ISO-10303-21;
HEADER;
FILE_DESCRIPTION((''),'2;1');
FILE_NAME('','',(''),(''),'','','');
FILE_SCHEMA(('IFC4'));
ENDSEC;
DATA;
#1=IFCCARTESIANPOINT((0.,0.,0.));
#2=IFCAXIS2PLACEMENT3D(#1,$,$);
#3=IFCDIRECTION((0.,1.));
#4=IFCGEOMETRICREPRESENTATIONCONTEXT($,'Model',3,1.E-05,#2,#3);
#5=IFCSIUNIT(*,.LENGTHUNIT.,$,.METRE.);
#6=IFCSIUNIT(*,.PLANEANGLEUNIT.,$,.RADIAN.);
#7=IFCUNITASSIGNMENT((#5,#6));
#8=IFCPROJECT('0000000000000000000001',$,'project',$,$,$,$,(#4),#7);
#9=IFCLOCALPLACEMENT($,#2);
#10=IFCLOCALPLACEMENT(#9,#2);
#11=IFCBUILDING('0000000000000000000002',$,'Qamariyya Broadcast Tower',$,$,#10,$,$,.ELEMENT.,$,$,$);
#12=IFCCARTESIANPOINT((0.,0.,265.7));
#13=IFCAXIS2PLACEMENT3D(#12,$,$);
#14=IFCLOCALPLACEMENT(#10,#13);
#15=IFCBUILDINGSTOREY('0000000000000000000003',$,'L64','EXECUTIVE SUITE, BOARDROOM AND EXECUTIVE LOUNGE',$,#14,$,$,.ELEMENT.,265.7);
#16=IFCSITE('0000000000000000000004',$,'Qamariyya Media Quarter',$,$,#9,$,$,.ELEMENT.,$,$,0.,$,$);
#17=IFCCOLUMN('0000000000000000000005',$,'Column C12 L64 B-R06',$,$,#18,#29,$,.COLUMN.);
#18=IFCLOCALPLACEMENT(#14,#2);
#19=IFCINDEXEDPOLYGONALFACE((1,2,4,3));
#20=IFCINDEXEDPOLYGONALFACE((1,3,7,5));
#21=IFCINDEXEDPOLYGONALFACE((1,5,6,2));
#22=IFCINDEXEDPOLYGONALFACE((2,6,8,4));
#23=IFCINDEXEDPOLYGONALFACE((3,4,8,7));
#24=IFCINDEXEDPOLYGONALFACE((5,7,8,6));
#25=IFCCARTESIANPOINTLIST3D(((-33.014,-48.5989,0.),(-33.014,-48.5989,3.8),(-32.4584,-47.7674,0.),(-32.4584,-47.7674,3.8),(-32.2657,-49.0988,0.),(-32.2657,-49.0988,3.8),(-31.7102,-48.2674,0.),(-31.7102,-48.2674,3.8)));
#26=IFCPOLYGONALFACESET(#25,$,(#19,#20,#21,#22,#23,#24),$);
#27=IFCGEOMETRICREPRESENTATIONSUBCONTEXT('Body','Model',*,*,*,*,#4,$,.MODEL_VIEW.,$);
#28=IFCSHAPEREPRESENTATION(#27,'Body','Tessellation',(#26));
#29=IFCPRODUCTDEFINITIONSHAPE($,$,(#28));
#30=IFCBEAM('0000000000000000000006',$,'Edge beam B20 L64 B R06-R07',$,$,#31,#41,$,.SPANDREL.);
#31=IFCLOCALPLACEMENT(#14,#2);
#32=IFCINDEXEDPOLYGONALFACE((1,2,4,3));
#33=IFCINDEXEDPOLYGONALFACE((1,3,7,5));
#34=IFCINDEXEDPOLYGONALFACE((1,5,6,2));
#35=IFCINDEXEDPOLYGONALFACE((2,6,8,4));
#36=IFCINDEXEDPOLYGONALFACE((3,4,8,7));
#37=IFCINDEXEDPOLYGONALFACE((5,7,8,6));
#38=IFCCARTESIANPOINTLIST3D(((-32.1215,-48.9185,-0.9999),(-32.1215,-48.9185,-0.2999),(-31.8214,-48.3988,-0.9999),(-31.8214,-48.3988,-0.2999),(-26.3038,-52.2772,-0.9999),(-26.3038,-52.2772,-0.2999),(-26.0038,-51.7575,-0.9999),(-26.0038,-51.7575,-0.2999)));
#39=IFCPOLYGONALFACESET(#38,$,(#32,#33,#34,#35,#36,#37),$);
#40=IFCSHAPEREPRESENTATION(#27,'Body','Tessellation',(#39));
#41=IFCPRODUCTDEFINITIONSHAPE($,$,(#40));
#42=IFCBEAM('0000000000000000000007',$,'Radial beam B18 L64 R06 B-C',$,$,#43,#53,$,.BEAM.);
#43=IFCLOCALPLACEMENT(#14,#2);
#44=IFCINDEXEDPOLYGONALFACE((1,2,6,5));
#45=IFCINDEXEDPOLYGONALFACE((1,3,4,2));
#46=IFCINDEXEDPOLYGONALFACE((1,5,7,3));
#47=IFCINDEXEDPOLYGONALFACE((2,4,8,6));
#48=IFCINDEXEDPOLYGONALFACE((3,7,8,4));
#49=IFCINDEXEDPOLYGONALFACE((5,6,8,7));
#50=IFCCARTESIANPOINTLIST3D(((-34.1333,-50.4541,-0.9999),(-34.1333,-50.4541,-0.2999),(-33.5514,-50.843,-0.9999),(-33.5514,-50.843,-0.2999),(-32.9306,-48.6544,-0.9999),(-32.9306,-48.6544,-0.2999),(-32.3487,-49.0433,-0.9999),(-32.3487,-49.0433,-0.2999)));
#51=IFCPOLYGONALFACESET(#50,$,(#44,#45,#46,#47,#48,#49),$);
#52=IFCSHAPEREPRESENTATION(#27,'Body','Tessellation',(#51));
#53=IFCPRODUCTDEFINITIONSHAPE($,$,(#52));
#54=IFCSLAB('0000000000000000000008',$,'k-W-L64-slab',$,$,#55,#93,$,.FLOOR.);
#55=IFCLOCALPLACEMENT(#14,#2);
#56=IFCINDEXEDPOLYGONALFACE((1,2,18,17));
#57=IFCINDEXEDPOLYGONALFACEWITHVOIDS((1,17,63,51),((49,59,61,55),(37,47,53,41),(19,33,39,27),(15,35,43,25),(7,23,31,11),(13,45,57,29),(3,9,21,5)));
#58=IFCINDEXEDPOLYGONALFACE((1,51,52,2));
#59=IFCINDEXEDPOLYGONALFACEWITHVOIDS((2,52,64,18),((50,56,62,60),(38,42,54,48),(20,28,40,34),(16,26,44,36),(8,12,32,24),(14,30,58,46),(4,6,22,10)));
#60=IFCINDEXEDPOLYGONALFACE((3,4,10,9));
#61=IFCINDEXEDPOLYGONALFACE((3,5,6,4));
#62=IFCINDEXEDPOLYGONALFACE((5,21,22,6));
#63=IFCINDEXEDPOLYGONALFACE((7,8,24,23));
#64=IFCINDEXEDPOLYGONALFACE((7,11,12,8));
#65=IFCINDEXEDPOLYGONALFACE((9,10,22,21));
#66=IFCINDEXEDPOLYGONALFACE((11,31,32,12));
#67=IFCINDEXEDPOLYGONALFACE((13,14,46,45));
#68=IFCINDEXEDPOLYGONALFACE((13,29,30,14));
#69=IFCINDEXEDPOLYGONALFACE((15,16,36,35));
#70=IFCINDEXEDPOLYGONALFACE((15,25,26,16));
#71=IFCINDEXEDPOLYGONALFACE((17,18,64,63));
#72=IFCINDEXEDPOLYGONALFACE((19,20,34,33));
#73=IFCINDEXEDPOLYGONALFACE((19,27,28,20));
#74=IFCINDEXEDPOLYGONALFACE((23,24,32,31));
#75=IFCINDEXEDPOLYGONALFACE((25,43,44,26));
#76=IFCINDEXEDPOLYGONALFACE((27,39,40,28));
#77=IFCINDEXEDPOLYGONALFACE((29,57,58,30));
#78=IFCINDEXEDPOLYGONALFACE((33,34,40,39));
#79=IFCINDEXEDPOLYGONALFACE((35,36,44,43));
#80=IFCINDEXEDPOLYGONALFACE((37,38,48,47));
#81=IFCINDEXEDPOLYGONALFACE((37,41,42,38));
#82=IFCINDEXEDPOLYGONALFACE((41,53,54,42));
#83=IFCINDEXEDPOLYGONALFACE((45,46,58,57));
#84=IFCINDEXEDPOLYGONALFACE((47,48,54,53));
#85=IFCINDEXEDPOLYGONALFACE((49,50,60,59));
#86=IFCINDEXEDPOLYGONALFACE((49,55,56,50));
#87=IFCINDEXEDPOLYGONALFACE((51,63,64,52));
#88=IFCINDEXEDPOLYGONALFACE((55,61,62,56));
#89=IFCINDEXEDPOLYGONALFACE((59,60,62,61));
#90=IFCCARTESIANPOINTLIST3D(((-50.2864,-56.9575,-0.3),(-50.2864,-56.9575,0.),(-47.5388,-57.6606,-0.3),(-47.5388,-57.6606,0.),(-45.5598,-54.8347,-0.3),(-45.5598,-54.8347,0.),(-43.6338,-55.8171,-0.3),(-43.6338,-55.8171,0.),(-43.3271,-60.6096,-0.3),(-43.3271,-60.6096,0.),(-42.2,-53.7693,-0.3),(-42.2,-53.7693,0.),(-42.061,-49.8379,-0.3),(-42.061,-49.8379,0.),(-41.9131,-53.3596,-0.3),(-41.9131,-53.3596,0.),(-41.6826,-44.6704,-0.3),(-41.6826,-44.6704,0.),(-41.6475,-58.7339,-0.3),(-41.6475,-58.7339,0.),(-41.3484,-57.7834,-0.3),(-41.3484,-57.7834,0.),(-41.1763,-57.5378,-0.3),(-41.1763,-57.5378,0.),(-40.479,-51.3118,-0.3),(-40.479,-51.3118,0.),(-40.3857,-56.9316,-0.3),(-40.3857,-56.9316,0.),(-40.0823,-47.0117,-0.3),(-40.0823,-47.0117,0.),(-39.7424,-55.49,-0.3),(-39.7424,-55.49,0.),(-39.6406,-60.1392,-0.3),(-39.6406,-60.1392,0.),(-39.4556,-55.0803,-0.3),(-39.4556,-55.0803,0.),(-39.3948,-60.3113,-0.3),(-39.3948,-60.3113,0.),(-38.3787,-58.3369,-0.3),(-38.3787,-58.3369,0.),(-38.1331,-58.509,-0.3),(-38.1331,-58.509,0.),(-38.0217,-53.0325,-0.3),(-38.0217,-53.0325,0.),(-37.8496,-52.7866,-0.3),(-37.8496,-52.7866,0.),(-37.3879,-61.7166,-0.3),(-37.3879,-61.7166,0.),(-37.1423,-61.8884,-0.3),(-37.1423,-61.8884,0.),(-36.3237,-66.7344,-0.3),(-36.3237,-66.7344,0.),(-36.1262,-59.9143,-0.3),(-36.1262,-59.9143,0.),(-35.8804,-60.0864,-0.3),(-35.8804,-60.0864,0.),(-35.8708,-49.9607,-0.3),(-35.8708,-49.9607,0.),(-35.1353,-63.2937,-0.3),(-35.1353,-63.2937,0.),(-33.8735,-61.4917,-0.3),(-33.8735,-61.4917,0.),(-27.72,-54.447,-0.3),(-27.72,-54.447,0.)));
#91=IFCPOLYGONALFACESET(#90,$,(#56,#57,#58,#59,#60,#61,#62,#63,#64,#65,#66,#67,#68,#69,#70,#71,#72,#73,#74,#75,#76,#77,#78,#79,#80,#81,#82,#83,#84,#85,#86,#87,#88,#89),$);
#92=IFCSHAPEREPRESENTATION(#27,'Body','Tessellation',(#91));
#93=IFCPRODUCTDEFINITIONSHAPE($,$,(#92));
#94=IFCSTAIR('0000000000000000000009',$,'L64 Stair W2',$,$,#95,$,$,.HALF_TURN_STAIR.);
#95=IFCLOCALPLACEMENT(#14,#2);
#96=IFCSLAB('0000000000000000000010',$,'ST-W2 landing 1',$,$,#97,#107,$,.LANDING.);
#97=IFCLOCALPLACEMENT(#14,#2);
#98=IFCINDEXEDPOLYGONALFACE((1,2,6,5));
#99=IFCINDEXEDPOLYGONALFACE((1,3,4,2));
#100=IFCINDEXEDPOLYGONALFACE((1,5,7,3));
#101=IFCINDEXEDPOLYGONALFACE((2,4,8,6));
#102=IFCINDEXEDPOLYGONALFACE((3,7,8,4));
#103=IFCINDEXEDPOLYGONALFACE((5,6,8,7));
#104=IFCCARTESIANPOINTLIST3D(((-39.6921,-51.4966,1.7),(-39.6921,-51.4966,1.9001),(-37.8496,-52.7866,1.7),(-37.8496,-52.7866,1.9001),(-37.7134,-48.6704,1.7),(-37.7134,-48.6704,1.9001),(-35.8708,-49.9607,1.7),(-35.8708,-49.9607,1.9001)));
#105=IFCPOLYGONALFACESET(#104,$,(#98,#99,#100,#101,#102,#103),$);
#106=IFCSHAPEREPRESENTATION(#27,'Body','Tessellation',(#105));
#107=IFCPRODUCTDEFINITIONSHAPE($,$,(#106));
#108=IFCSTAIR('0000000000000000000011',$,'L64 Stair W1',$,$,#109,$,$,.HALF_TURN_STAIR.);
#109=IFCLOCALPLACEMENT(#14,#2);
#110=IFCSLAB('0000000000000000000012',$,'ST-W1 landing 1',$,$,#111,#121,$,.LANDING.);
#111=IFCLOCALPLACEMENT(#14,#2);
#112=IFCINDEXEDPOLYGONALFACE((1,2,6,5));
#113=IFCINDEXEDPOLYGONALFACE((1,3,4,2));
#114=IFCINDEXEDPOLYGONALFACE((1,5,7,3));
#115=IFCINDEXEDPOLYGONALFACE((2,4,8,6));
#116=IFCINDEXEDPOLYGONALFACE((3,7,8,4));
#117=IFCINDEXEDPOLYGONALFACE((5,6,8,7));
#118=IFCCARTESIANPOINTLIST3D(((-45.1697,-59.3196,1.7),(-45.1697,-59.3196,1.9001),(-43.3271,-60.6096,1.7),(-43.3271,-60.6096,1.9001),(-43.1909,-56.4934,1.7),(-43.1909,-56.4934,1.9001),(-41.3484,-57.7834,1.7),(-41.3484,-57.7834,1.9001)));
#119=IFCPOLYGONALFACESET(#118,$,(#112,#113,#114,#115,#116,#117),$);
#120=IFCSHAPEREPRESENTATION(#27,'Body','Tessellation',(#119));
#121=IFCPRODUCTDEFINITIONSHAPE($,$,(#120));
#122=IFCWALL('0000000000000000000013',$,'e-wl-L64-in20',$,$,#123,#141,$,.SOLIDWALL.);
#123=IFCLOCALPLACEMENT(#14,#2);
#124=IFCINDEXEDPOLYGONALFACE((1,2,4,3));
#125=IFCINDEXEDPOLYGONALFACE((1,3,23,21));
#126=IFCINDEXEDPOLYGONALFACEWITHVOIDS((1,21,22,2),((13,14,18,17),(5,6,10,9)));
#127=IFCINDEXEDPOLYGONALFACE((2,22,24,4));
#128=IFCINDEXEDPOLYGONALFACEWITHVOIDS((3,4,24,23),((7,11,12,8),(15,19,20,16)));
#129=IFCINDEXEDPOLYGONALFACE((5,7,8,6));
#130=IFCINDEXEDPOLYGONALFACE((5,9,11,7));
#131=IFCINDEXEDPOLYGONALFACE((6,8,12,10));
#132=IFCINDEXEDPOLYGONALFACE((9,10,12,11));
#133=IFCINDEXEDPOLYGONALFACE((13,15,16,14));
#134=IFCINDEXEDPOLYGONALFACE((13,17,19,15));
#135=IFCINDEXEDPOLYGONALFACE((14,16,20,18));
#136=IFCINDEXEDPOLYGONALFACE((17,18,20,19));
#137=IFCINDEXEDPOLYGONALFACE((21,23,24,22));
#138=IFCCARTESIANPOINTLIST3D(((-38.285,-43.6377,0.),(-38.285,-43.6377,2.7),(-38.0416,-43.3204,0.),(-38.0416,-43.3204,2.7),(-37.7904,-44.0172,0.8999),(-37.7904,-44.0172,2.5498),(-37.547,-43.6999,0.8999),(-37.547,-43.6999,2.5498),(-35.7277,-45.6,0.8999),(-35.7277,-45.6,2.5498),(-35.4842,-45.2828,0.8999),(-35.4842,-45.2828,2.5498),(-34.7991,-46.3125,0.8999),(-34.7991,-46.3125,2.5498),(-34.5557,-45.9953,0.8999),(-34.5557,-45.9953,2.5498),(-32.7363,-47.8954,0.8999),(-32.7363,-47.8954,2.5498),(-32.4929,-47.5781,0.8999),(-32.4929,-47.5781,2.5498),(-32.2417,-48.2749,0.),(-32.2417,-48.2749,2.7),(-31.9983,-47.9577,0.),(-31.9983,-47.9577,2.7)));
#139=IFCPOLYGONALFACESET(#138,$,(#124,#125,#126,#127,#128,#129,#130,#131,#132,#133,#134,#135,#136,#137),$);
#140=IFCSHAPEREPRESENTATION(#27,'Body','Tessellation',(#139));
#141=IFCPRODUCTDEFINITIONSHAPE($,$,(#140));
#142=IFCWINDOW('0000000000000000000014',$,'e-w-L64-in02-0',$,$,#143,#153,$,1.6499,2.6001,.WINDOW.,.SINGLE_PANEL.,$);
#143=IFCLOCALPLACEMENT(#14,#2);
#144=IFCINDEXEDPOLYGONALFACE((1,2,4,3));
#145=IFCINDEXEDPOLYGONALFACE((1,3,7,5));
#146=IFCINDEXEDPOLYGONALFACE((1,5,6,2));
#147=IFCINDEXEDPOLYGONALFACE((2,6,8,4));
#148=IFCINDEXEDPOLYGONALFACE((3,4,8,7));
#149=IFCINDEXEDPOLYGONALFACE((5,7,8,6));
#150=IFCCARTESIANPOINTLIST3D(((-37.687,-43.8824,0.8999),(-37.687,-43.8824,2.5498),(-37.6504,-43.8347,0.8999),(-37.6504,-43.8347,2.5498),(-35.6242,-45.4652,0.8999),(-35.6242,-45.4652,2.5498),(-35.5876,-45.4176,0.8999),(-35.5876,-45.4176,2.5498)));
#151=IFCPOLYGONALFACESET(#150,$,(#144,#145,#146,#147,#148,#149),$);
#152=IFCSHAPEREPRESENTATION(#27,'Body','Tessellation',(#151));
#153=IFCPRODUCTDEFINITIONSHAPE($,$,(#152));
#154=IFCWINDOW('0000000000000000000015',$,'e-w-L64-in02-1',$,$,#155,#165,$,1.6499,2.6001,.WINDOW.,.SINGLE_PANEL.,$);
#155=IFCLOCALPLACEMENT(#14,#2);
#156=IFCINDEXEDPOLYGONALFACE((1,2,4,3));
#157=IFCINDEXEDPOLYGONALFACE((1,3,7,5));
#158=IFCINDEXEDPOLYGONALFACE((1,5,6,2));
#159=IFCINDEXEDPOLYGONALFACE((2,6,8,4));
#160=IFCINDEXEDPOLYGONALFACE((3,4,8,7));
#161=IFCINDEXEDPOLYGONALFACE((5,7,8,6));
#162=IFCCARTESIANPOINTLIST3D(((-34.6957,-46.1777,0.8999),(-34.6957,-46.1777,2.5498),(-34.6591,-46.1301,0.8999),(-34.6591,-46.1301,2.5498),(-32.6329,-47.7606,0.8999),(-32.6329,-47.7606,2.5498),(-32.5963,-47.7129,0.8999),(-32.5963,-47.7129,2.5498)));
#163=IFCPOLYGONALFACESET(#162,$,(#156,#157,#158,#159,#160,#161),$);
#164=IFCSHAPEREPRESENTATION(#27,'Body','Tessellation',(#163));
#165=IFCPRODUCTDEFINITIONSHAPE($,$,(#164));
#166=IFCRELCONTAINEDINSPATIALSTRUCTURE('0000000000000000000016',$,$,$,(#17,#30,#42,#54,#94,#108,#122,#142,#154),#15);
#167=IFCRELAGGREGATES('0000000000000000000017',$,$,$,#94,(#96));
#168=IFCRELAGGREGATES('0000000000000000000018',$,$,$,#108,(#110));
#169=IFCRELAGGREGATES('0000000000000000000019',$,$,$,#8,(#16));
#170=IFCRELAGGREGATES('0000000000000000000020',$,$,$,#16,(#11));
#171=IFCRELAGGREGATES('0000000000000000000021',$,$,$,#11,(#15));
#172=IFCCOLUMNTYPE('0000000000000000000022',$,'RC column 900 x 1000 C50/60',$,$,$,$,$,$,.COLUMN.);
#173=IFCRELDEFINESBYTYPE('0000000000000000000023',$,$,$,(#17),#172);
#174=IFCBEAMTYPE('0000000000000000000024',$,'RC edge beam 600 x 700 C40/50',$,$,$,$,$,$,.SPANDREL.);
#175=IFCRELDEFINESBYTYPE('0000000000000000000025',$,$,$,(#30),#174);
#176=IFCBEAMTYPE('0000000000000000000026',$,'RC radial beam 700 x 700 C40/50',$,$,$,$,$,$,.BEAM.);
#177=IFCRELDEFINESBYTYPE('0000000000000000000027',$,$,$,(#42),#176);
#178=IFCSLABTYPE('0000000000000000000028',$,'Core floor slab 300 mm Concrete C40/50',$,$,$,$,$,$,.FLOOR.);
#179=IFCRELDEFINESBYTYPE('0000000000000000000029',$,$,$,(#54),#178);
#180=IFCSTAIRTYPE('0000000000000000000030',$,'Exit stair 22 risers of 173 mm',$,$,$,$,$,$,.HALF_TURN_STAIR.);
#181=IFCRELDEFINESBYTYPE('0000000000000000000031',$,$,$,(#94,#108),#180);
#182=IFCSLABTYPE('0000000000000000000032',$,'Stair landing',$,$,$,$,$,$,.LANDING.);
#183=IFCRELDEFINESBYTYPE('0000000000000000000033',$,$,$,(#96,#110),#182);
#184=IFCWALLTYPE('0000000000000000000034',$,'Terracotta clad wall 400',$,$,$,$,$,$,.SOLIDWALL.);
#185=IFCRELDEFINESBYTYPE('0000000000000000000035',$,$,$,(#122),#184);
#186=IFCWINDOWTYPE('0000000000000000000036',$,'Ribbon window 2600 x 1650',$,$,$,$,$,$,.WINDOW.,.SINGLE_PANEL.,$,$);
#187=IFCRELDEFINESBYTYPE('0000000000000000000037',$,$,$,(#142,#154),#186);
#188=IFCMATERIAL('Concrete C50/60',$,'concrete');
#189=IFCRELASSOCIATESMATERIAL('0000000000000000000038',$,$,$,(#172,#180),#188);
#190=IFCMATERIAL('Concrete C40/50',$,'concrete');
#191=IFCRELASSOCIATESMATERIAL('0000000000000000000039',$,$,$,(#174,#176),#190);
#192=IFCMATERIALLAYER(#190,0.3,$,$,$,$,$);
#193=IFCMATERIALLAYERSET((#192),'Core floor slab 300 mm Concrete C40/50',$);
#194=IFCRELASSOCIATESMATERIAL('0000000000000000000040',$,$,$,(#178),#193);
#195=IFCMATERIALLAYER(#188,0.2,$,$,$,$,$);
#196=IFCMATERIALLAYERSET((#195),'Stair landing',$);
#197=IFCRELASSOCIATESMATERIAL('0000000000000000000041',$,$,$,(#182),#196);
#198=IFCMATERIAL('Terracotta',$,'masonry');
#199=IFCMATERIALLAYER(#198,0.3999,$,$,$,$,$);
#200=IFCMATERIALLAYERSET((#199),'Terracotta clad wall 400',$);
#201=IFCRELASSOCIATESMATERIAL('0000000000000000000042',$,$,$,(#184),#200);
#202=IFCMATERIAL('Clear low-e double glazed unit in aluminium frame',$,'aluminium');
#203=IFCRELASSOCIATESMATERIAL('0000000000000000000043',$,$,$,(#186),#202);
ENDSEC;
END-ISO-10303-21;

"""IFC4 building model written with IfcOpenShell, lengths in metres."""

from ifc_helpers import new_model, si_unit, direction, frame, frame_2d, origin, origin_2d, place, context, subcontext, project, spatial, polyline, rectangle, outline, extrude, material, layer, layer_set, material_profile, profile_set, type_object, element, fill, aggregate, save


model = new_model("IFC4")

# Units and contexts
model_context = context("Model", 3, precision=1e-05, world=origin(), true_north=direction((0.0, 1.0)))
body_context = subcontext(model_context, "Body", "Model", "MODEL_VIEW")
ifc_project = project(units=[si_unit("LENGTHUNIT", "METRE"), si_unit("PLANEANGLEUNIT", "RADIAN")], contexts=[model_context])

# Site, building, storey
site_placement = place(None, origin())
site = spatial("IfcSite", under=ifc_project, at=site_placement, Name="Qamariyya Media Quarter", CompositionType="ELEMENT", RefElevation=0.0)
building_placement = place(site_placement, origin())
building = spatial("IfcBuilding", under=site, at=building_placement, Name="Qamariyya Broadcast Tower", CompositionType="ELEMENT")
storey_placement = place(building_placement, frame((0.0, 0.0, 265.7)))
storey = spatial("IfcBuildingStorey", under=building, at=storey_placement, Name="L64", Description="EXECUTIVE SUITE, BOARDROOM AND EXECUTIVE LOUNGE", CompositionType="ELEMENT", Elevation=265.7)

# Column
ifc_material_1 = material(Name="Concrete C50/60", Category="concrete")
ifc_material_profile_1 = material_profile(ifc_material_1, rectangle(XDim=0.8999, YDim=1.0, at=origin_2d()))
ifc_profile_set_1 = profile_set([ifc_material_profile_1], Name="Concrete C50/60")
column_type = type_object("IfcColumnType", Name="RC column 900 x 1000 C50/60", PredefinedType="COLUMN", material=ifc_profile_set_1)
column_placement = place(storey_placement, frame((-32.3621, -48.4331, 0.0), z_axis=(0.0, 0.0, 1.0), x_axis=(0.83147, -0.55557, 0.0)))
element("IfcColumn", 1, at=column_placement, inside=storey, type_object=column_type, Name="Column C12 L64 B-R06", PredefinedType="COLUMN", context=body_context, shape_type="SweptSolid", body=[
    extrude(rectangle(XDim=0.8999, YDim=1.0, at=origin_2d()), origin(), (0.0, 0.0, 1.0), 3.8),
])

# Beams
ifc_material_2 = material(Name="Concrete C40/50", Category="concrete")
ifc_material_profile_2 = material_profile(ifc_material_2, rectangle(XDim=0.6001, YDim=0.7, at=origin_2d()))
ifc_profile_set_2 = profile_set([ifc_material_profile_2], Name="Concrete C40/50")
beam_type_1 = type_object("IfcBeamType", Name="RC edge beam 600 x 700 C40/50", PredefinedType="SPANDREL", material=ifc_profile_set_2)
beam_1_placement = place(storey_placement, frame((-31.9714, -48.6587, -0.6499), z_axis=(0.866036, -0.499981, 0.0), x_axis=(0.499981, 0.866036, 0.0)))
element("IfcBeam", 2, at=beam_1_placement, inside=storey, type_object=beam_type_1, Name="Edge beam B20 L64 B R06-R07", PredefinedType="SPANDREL", context=body_context, shape_type="SweptSolid", body=[
    extrude(rectangle(XDim=0.6001, YDim=0.7, at=origin_2d()), origin(), (0.0, 0.0, 1.0), 6.7175),
])
ifc_material_profile_3 = material_profile(ifc_material_2, rectangle(XDim=0.7, YDim=0.7, at=origin_2d()))
ifc_profile_set_3 = profile_set([ifc_material_profile_3], Name="Concrete C40/50")
beam_type_2 = type_object("IfcBeamType", Name="RC radial beam 700 x 700 C40/50", PredefinedType="BEAM", material=ifc_profile_set_3)
beam_2_placement = place(storey_placement, frame((-32.6396, -48.8489, -0.6499), z_axis=(-0.555637, -0.831425, 0.0), x_axis=(0.831425, -0.555637, 0.0)))
element("IfcBeam", 3, at=beam_2_placement, inside=storey, type_object=beam_type_2, Name="Radial beam B18 L64 R06 B-C", PredefinedType="BEAM", context=body_context, shape_type="SweptSolid", body=[
    extrude(rectangle(XDim=0.7, YDim=0.7, at=origin_2d()), origin(), (0.0, 0.0, 1.0), 2.1646),
])

# Slab
ifc_layer_1 = layer(ifc_material_2, 0.3)
ifc_layer_set_1 = layer_set([ifc_layer_1], Name="Core floor slab 300 mm Concrete C40/50")
slab_type_1 = type_object("IfcSlabType", Name="Core floor slab 300 mm Concrete C40/50", PredefinedType="FLOOR", material=ifc_layer_set_1)
slab_1_placement = place(storey_placement, frame((0.0, 0.0, -0.3)))
element("IfcSlab", 4, at=slab_1_placement, inside=storey, type_object=slab_type_1, Name="k-W-L64-slab", PredefinedType="FLOOR", context=body_context, shape_type="SweptSolid", body=[
    extrude(outline(polyline([(-50.2864, -56.9575), (-36.3237, -66.7344), (-27.72, -54.447), (-41.6826, -44.6704), (-50.2864, -56.9575)]), holes=[polyline([(-33.8735, -61.4917), (-35.8804, -60.0864), (-37.1423, -61.8884), (-35.1353, -63.2937), (-33.8735, -61.4917)]), polyline([(-36.1262, -59.9143), (-38.1331, -58.509), (-39.3948, -60.3113), (-37.3879, -61.7166), (-36.1262, -59.9143)]), polyline([(-38.3787, -58.3369), (-40.3857, -56.9316), (-41.6475, -58.7339), (-39.6406, -60.1392), (-38.3787, -58.3369)]), polyline([(-39.7424, -55.49), (-42.2, -53.7693), (-43.6338, -55.8171), (-41.1763, -57.5378), (-39.7424, -55.49)]), polyline([(-39.4556, -55.0803), (-41.9131, -53.3596), (-40.479, -51.3118), (-38.0217, -53.0325), (-39.4556, -55.0803)]), polyline([(-42.061, -49.8379), (-37.8496, -52.7866), (-35.8708, -49.9607), (-40.0823, -47.0117), (-42.061, -49.8379)]), polyline([(-47.5388, -57.6606), (-43.3271, -60.6096), (-41.3484, -57.7834), (-45.5598, -54.8347), (-47.5388, -57.6606)])]), origin(), (0.0, 0.0, 1.0), 0.3),
])

# Stairs, slabs
stair_type = type_object("IfcStairType", Name="Exit stair 22 risers of 173 mm", PredefinedType="HALF_TURN_STAIR", material=ifc_material_1)
stair_1_placement = place(storey_placement, origin())
stair_1 = element("IfcStair", 5, at=stair_1_placement, inside=storey, type_object=stair_type, Name="L64 Stair W2", PredefinedType="HALF_TURN_STAIR")
ifc_layer_2 = layer(ifc_material_1, 0.2)
ifc_layer_set_2 = layer_set([ifc_layer_2], Name="Stair landing")
slab_type_2 = type_object("IfcSlabType", Name="Stair landing", PredefinedType="LANDING", material=ifc_layer_set_2)
slab_2_placement = place(storey_placement, frame((0.0, 0.0, 1.7)))
slab_2 = element("IfcSlab", 6, at=slab_2_placement, type_object=slab_type_2, Name="ST-W2 landing 1", PredefinedType="LANDING", context=body_context, shape_type="SweptSolid", body=[
    extrude(outline(polyline([(-39.6921, -51.4966), (-37.8496, -52.7866), (-35.8708, -49.9607), (-37.7134, -48.6704), (-39.6921, -51.4966)])), origin(), (0.0, 0.0, 1.0), 0.2002),
])
aggregate(stair_1, [slab_2])
stair_2_placement = place(storey_placement, origin())
stair_2 = element("IfcStair", 7, at=stair_2_placement, inside=storey, type_object=stair_type, Name="L64 Stair W1", PredefinedType="HALF_TURN_STAIR")
slab_3_placement = place(storey_placement, frame((0.0, 0.0, 1.7)))
slab_3 = element("IfcSlab", 8, at=slab_3_placement, type_object=slab_type_2, Name="ST-W1 landing 1", PredefinedType="LANDING", context=body_context, shape_type="SweptSolid", body=[
    extrude(outline(polyline([(-45.1697, -59.3196), (-43.3271, -60.6096), (-41.3484, -57.7834), (-43.1909, -56.4934), (-45.1697, -59.3196)])), origin(), (0.0, 0.0, 1.0), 0.2002),
])
aggregate(stair_2, [slab_3])

# Wall, openings, windows
ifc_material_3 = material(Name="Terracotta", Category="masonry")
ifc_layer_3 = layer(ifc_material_3, 0.3999)
ifc_layer_set_3 = layer_set([ifc_layer_3], Name="Terracotta clad wall 400")
wall_type = type_object("IfcWallType", Name="Terracotta clad wall 400", PredefinedType="SOLIDWALL", material=ifc_layer_set_3)
wall_placement = place(storey_placement, frame((-32.1201, -48.1162, 0.0), z_axis=(0.0, 0.0, 1.0), x_axis=(-0.793348, 0.608769, 0.0)))
wall = element("IfcWall", 9, at=wall_placement, inside=storey, type_object=wall_type, Name="e-wl-L64-in20", PredefinedType="SOLIDWALL", context=body_context, shape_type="SweptSolid", body=[
    extrude(rectangle(XDim=7.6174, YDim=0.3999, at=frame_2d((3.8086, 0.0))), origin(), (0.0, 0.0, 1.0), 2.7),
])
opening_1_placement = place(wall_placement, frame((4.3938, 0.0, 0.8999)))
opening_1 = element("IfcOpeningElement", 10, at=opening_1_placement, cuts=wall, PredefinedType="OPENING", context=body_context, shape_type="SweptSolid", body=[
    extrude(rectangle(XDim=2.6001, YDim=1.6499, at=frame_2d((1.3, 0.825))), frame((0.0, 0.21, 0.0), z_axis=(0.0, -1.0, 0.0), x_axis=(1.0, 0.0, 0.0)), (0.0, 0.0, 1.0), 0.4199),
])
opening_2_placement = place(wall_placement, frame((0.6233, 0.0, 0.8999)))
opening_2 = element("IfcOpeningElement", 11, at=opening_2_placement, cuts=wall, PredefinedType="OPENING", context=body_context, shape_type="SweptSolid", body=[
    extrude(rectangle(XDim=2.6001, YDim=1.6499, at=frame_2d((1.3, 0.825))), frame((0.0, 0.21, 0.0), z_axis=(0.0, -1.0, 0.0), x_axis=(1.0, 0.0, 0.0)), (0.0, 0.0, 1.0), 0.4199),
])
ifc_material_4 = material(Name="Clear low-e double glazed unit in aluminium frame", Category="aluminium")
window_type = type_object("IfcWindowType", Name="Ribbon window 2600 x 1650", PartitioningType="SINGLE_PANEL", PredefinedType="WINDOW", material=ifc_material_4)
window_1_placement = place(opening_1_placement, origin())
window_1 = element("IfcWindow", 12, at=window_1_placement, inside=storey, type_object=window_type, Name="e-w-L64-in02-0", OverallHeight=1.6499, OverallWidth=2.6001, PartitioningType="SINGLE_PANEL", PredefinedType="WINDOW", context=body_context, shape_type="SweptSolid", body=[
    extrude(rectangle(XDim=2.6001, YDim=1.6499, at=frame_2d((1.3, 0.825))), frame((0.0, 0.03, 0.0), z_axis=(0.0, -1.0, 0.0), x_axis=(1.0, 0.0, 0.0)), (0.0, 0.0, 1.0), 0.0601),
])
fill(opening_1, window_1)
window_2_placement = place(opening_2_placement, origin())
window_2 = element("IfcWindow", 13, at=window_2_placement, inside=storey, type_object=window_type, Name="e-w-L64-in02-1", OverallHeight=1.6499, OverallWidth=2.6001, PartitioningType="SINGLE_PANEL", PredefinedType="WINDOW", context=body_context, shape_type="SweptSolid", body=[
    extrude(rectangle(XDim=2.6001, YDim=1.6499, at=frame_2d((1.3, 0.825))), frame((0.0, 0.03, 0.0), z_axis=(0.0, -1.0, 0.0), x_axis=(1.0, 0.0, 0.0)), (0.0, 0.0, 1.0), 0.0601),
])
fill(opening_2, window_2)

save(model, "model.ifc")
